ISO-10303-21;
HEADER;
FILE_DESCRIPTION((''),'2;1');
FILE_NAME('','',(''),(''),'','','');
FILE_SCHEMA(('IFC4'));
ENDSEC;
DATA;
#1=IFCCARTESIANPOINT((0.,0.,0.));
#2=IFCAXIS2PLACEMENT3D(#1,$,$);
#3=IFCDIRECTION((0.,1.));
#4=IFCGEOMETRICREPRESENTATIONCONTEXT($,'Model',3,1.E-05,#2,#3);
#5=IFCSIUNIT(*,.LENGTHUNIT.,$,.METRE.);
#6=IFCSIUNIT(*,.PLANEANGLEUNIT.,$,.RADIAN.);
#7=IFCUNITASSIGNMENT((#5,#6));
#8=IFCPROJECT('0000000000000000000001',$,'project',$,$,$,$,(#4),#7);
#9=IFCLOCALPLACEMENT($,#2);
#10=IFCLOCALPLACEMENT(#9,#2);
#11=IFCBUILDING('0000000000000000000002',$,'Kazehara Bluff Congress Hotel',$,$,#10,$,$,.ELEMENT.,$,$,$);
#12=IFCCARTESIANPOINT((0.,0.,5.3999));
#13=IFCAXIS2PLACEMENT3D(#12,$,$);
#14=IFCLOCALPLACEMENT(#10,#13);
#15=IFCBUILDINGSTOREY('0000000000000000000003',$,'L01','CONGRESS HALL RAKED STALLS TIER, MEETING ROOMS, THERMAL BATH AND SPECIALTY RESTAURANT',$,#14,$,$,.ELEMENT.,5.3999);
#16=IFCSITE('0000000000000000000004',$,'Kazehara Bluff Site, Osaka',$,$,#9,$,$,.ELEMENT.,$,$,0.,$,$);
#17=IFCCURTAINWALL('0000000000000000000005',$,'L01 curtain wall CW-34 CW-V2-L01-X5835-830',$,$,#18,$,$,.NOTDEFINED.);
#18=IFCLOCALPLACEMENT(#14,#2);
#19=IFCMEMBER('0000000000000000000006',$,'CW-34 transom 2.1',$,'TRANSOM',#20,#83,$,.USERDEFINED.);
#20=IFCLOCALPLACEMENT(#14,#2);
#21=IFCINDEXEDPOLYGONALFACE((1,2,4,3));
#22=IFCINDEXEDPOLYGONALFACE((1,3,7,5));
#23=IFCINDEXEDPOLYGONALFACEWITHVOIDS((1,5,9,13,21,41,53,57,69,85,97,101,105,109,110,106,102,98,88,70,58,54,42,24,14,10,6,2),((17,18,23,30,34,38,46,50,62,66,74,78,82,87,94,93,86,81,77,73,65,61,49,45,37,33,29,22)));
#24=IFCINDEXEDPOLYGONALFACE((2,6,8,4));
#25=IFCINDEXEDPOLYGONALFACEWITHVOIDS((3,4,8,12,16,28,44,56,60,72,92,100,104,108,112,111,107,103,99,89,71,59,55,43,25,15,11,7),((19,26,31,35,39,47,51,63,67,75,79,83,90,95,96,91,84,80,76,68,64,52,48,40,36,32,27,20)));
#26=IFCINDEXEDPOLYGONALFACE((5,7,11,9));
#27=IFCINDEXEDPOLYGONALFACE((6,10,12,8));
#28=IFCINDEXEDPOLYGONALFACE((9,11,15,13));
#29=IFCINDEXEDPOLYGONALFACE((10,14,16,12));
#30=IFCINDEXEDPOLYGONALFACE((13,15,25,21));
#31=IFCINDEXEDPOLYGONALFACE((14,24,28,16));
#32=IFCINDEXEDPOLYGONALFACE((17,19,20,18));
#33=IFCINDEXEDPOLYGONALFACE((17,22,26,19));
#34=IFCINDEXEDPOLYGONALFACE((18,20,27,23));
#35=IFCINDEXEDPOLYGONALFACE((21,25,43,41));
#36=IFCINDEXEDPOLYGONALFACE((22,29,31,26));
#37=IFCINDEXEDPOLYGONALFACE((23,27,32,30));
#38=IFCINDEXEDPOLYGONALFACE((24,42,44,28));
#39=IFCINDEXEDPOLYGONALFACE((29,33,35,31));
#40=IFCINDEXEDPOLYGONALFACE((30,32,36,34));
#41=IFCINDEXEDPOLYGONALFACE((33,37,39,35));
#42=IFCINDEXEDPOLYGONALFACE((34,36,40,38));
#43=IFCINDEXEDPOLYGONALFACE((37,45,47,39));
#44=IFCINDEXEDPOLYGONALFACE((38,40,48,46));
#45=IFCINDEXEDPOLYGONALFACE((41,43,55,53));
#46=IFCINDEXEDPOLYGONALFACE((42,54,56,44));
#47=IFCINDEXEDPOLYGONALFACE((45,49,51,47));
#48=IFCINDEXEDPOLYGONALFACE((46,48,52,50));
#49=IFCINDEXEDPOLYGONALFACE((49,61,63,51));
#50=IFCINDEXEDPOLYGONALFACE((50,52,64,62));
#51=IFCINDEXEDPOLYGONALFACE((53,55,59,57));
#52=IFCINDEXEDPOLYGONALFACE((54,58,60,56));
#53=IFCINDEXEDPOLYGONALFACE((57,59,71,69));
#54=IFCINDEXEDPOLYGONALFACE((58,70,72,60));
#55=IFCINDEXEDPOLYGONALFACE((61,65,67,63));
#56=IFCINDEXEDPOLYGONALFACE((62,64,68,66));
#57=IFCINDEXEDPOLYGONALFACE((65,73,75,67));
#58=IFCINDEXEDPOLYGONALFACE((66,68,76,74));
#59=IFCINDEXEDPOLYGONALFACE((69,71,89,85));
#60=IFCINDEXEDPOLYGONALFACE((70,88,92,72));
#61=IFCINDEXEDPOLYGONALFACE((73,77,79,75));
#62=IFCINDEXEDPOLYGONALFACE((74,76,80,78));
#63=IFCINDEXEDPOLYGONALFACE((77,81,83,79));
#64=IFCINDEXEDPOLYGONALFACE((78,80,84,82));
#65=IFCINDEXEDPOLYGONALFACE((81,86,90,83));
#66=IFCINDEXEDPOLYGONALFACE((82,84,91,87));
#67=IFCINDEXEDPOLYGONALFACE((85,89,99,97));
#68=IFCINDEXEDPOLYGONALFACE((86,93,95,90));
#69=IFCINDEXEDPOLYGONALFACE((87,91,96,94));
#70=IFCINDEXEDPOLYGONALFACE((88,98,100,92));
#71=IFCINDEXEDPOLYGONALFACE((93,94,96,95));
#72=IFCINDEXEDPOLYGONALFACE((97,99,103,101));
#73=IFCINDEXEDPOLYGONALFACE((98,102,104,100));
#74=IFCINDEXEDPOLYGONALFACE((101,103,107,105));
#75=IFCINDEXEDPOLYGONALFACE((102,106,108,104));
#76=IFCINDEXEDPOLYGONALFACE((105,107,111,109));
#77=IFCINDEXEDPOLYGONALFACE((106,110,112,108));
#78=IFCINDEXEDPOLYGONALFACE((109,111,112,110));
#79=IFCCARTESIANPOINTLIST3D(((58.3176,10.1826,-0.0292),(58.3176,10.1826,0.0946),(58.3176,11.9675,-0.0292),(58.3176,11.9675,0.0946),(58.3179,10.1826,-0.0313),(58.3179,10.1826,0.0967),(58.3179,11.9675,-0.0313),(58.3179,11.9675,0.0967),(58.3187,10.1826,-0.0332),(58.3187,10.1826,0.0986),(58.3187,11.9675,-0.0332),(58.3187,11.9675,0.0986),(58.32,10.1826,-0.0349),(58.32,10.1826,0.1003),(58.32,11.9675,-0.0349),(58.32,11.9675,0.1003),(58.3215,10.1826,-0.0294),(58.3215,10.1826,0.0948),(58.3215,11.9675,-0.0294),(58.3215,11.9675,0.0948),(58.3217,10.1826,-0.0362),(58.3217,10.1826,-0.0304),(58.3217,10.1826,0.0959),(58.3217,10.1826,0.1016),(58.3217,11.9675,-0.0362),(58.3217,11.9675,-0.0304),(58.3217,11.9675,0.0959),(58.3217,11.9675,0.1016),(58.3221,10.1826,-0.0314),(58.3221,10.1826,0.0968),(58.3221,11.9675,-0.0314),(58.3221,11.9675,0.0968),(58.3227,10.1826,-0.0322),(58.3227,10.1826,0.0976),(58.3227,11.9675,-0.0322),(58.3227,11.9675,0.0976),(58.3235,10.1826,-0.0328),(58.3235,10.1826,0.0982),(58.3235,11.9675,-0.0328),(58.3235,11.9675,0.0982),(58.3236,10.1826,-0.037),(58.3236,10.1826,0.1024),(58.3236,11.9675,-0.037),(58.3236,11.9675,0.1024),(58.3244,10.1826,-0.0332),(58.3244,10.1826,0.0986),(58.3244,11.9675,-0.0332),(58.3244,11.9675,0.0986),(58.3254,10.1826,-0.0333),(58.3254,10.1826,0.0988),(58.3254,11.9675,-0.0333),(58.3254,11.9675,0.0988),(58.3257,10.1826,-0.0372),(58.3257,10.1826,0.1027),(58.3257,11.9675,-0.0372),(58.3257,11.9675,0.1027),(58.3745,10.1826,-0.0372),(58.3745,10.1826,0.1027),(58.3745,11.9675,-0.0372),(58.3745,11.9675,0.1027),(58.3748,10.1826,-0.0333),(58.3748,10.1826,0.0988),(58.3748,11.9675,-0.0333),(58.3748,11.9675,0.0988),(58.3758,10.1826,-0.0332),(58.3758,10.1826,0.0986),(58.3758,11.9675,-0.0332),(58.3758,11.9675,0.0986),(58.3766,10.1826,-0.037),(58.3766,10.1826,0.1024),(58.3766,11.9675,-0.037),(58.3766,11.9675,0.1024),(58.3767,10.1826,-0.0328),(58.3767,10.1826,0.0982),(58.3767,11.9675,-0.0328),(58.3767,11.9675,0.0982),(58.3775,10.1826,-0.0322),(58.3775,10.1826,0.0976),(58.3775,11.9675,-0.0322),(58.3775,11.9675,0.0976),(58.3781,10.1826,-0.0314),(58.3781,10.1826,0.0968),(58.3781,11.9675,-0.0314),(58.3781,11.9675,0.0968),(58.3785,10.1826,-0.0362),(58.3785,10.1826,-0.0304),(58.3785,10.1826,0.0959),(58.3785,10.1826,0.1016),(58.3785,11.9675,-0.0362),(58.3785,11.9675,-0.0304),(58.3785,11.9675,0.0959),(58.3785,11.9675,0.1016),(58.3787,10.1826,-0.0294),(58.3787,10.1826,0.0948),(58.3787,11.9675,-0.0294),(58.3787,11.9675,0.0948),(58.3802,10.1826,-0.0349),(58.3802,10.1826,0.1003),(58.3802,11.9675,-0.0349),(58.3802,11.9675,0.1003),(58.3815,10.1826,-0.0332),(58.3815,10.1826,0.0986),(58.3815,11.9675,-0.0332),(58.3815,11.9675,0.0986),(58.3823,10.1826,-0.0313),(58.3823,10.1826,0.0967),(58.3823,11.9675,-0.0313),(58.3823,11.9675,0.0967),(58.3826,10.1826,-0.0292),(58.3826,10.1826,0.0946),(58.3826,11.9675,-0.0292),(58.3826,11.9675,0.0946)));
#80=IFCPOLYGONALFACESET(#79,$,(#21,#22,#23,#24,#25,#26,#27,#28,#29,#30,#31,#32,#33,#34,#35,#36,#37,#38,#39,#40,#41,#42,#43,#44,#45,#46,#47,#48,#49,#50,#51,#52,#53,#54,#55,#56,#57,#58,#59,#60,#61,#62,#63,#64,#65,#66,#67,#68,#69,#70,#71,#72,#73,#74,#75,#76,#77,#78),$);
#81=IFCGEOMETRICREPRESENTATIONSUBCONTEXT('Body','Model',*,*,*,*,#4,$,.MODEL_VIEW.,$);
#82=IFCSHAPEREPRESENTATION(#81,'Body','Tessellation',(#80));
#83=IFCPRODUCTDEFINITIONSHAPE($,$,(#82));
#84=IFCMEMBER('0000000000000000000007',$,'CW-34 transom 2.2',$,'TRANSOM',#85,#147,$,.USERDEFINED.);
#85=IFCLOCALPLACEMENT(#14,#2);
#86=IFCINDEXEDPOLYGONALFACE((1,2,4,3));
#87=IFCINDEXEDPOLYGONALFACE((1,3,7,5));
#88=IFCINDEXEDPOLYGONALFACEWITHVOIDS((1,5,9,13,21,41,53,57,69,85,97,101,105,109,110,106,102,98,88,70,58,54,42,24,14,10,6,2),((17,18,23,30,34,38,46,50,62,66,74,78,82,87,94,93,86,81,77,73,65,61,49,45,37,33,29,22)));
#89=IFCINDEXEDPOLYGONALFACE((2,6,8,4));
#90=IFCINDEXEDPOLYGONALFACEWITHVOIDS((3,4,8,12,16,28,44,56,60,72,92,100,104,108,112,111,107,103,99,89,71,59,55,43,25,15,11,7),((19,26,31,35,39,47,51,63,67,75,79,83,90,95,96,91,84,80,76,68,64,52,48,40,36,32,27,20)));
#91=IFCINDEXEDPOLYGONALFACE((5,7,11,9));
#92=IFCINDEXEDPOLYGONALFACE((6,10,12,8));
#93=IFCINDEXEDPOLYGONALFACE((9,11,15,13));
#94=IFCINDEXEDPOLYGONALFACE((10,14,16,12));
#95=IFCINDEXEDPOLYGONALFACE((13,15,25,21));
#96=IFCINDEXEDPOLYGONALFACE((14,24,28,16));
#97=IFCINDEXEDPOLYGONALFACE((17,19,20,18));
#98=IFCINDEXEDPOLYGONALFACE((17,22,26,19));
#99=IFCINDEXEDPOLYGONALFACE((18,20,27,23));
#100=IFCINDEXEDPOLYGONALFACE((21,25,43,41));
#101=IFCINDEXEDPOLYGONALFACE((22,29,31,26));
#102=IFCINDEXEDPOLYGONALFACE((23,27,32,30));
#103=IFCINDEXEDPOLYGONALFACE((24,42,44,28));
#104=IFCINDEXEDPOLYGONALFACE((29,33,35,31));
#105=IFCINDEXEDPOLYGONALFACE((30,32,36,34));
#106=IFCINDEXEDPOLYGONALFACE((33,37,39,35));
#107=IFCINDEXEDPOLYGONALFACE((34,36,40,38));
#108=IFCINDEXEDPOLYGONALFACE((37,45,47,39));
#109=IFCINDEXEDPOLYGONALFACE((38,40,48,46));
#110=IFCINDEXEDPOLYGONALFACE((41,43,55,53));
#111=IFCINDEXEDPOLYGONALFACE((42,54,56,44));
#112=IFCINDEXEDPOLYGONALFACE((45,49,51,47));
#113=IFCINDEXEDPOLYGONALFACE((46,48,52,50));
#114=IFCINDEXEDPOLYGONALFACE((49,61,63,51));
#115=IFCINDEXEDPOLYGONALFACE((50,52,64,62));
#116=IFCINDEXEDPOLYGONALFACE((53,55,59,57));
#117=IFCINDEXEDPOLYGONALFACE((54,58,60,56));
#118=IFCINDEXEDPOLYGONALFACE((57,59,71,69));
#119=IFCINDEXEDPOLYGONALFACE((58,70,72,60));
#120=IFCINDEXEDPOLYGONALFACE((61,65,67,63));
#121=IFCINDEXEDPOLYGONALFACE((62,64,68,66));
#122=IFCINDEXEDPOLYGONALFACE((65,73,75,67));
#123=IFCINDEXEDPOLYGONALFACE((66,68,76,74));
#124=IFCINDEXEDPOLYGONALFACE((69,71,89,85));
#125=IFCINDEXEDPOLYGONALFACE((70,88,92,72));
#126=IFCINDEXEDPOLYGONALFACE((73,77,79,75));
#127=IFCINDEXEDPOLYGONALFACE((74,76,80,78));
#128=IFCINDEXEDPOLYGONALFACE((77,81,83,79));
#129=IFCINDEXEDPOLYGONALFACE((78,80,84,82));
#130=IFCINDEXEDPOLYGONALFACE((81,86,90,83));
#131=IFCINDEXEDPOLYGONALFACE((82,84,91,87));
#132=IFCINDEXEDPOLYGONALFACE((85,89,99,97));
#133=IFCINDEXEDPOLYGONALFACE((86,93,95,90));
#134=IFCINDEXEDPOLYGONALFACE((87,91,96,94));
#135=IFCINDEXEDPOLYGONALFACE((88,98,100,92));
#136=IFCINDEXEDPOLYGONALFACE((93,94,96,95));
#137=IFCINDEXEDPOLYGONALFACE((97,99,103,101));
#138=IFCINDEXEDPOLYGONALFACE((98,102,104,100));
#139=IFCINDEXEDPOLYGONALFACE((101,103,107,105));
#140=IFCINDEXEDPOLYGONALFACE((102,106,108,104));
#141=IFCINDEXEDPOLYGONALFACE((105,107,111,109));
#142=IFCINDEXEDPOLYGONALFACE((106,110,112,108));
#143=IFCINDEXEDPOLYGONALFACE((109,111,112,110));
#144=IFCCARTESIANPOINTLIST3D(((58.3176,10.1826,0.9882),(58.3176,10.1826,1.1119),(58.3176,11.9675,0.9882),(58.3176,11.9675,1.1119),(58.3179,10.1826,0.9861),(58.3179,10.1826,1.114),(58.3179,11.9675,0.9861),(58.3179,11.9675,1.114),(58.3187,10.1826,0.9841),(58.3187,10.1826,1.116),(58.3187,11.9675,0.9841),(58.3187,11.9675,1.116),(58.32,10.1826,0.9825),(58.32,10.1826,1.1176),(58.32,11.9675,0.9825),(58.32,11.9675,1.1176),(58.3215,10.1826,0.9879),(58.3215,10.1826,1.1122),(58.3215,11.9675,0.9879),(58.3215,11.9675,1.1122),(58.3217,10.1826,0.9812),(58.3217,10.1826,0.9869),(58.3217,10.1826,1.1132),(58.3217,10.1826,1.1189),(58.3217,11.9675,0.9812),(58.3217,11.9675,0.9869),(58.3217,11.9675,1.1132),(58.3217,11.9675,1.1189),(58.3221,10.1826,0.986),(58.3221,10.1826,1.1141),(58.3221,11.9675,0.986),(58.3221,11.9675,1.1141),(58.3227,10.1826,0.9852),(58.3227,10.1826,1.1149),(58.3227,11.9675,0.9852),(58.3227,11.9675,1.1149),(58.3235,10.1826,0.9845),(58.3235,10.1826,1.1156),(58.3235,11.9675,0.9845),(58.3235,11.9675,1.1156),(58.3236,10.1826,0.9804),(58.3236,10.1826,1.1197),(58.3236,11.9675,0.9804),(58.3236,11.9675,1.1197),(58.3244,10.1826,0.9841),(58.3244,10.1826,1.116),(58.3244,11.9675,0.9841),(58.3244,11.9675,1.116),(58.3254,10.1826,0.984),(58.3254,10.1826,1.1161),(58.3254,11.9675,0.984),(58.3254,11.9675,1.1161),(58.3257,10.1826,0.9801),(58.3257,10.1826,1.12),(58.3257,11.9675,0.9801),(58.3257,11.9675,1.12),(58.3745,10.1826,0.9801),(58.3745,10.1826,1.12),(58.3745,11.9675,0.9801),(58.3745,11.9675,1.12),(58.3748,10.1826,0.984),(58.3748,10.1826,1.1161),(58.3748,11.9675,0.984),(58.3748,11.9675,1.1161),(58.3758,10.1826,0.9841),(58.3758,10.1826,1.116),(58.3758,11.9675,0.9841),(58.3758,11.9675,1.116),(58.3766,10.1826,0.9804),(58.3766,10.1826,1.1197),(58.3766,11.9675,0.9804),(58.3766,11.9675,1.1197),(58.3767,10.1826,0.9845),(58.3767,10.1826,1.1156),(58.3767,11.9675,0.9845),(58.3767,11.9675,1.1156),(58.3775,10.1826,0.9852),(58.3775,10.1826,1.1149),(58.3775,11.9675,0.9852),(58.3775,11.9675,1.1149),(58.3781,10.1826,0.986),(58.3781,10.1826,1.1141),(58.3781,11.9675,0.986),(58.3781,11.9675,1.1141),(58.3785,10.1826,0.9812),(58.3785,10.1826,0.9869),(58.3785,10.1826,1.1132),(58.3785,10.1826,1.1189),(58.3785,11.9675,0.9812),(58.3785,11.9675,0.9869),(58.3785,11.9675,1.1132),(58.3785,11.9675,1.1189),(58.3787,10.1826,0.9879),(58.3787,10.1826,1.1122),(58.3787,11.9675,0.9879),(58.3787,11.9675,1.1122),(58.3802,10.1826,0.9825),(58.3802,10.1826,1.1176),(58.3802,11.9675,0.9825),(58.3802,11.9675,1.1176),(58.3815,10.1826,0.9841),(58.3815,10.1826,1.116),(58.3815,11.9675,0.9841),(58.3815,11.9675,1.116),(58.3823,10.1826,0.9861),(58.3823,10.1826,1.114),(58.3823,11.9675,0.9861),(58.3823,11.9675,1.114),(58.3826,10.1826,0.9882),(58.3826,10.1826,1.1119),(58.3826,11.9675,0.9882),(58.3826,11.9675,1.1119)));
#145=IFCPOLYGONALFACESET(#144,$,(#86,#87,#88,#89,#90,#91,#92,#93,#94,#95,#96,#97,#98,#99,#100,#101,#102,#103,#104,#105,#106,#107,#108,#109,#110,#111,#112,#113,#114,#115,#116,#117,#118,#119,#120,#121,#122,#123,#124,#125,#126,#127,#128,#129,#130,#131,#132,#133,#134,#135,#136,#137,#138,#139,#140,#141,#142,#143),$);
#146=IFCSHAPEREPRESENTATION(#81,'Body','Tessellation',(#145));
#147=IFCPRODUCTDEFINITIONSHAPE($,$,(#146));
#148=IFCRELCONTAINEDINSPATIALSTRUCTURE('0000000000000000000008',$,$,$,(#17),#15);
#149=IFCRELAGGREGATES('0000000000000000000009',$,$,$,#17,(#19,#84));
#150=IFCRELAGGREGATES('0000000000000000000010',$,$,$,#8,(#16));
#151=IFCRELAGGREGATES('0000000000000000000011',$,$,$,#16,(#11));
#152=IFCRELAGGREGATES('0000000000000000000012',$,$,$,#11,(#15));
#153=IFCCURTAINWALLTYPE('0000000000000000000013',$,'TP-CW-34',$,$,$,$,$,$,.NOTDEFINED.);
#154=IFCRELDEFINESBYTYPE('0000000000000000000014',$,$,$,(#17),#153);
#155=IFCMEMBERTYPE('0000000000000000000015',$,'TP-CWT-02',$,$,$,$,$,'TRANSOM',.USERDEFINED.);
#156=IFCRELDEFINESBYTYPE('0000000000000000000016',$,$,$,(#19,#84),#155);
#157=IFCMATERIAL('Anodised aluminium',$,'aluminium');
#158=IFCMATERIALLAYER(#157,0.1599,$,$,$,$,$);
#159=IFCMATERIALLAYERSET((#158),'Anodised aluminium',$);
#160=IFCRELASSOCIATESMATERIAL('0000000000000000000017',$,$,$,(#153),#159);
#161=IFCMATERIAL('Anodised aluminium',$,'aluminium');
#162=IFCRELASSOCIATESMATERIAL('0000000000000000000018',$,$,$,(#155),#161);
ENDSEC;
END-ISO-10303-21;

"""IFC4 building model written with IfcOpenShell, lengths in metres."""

from ifc_helpers import new_model, si_unit, direction, frame, origin, origin_2d, place, context, subcontext, project, spatial, hollow_rectangle, extrude, material, layer, layer_set, material_profile, profile_set, type_object, element, aggregate, save


model = new_model("IFC4")

# Units and contexts
model_context = context("Model", 3, precision=1e-05, world=origin(), true_north=direction((0.0, 1.0)))
body_context = subcontext(model_context, "Body", "Model", "MODEL_VIEW")
ifc_project = project(units=[si_unit("LENGTHUNIT", "METRE"), si_unit("PLANEANGLEUNIT", "RADIAN")], contexts=[model_context])

# Site, building, storey
site_placement = place(None, origin())
site = spatial("IfcSite", under=ifc_project, at=site_placement, Name="Kazehara Bluff Site, Osaka", CompositionType="ELEMENT", RefElevation=0.0)
building_placement = place(site_placement, origin())
building = spatial("IfcBuilding", under=site, at=building_placement, Name="Kazehara Bluff Congress Hotel", CompositionType="ELEMENT")
storey_placement = place(building_placement, frame((0.0, 0.0, 5.3999)))
storey = spatial("IfcBuildingStorey", under=building, at=storey_placement, Name="L01", Description="CONGRESS HALL RAKED STALLS TIER, MEETING ROOMS, THERMAL BATH AND SPECIALTY RESTAURANT", CompositionType="ELEMENT", Elevation=5.3999)

# Curtain wall
ifc_material_1 = material(Name="Anodised aluminium", Category="aluminium")
ifc_layer_1 = layer(ifc_material_1, 0.1599)
ifc_layer_set_1 = layer_set([ifc_layer_1], Name="Anodised aluminium")
curtain_wall_type_1 = type_object("IfcCurtainWallType", Name="TP-CW-34", PredefinedType="NOTDEFINED", material=ifc_layer_set_1)
curtain_wall_1_placement = place(storey_placement, origin())
curtain_wall_1 = element("IfcCurtainWall", 1, at=curtain_wall_1_placement, inside=storey, type_object=curtain_wall_type_1, Name="L01 curtain wall CW-34 CW-V2-L01-X5835-830", PredefinedType="NOTDEFINED")

# Members
ifc_material_2 = material(Name="Anodised aluminium", Category="aluminium")
ifc_material_profile_1 = material_profile(ifc_material_2, hollow_rectangle(XDim=0.0649, YDim=0.1399, WallThickness=0.0039, InnerFilletRadius=0.0039, OuterFilletRadius=0.0081, at=origin_2d()))
ifc_profile_set_1 = profile_set([ifc_material_profile_1], Name="Anodised aluminium")
member_type_1 = type_object("IfcMemberType", Name="TP-CWT-02", ElementType="TRANSOM", PredefinedType="USERDEFINED", material=ifc_profile_set_1)
member_1_placement = place(storey_placement, frame((58.3501, 10.1826, 0.0327), z_axis=(0.0, 1.0, 0.0), x_axis=(-1.0, 0.0, 0.0)))
member_1 = element("IfcMember", 2, at=member_1_placement, type_object=member_type_1, Name="CW-34 transom 2.1", ObjectType="TRANSOM", PredefinedType="USERDEFINED", context=body_context, shape_type="SweptSolid", body=[
    extrude(hollow_rectangle(XDim=0.0649, YDim=0.1399, WallThickness=0.0039, InnerFilletRadius=0.0039, OuterFilletRadius=0.0081, at=origin_2d()), origin(), (0.0, 0.0, 1.0), 1.7849),
])
member_2_placement = place(storey_placement, frame((58.3501, 10.1826, 1.05), z_axis=(0.0, 1.0, 0.0), x_axis=(-1.0, 0.0, 0.0)))
member_2 = element("IfcMember", 3, at=member_2_placement, type_object=member_type_1, Name="CW-34 transom 2.2", ObjectType="TRANSOM", PredefinedType="USERDEFINED", context=body_context, shape_type="SweptSolid", body=[
    extrude(hollow_rectangle(XDim=0.0649, YDim=0.1399, WallThickness=0.0039, InnerFilletRadius=0.0039, OuterFilletRadius=0.0081, at=origin_2d()), origin(), (0.0, 0.0, 1.0), 1.7849),
])

aggregate(curtain_wall_1, [member_1, member_2])

save(model, "model.ifc")
